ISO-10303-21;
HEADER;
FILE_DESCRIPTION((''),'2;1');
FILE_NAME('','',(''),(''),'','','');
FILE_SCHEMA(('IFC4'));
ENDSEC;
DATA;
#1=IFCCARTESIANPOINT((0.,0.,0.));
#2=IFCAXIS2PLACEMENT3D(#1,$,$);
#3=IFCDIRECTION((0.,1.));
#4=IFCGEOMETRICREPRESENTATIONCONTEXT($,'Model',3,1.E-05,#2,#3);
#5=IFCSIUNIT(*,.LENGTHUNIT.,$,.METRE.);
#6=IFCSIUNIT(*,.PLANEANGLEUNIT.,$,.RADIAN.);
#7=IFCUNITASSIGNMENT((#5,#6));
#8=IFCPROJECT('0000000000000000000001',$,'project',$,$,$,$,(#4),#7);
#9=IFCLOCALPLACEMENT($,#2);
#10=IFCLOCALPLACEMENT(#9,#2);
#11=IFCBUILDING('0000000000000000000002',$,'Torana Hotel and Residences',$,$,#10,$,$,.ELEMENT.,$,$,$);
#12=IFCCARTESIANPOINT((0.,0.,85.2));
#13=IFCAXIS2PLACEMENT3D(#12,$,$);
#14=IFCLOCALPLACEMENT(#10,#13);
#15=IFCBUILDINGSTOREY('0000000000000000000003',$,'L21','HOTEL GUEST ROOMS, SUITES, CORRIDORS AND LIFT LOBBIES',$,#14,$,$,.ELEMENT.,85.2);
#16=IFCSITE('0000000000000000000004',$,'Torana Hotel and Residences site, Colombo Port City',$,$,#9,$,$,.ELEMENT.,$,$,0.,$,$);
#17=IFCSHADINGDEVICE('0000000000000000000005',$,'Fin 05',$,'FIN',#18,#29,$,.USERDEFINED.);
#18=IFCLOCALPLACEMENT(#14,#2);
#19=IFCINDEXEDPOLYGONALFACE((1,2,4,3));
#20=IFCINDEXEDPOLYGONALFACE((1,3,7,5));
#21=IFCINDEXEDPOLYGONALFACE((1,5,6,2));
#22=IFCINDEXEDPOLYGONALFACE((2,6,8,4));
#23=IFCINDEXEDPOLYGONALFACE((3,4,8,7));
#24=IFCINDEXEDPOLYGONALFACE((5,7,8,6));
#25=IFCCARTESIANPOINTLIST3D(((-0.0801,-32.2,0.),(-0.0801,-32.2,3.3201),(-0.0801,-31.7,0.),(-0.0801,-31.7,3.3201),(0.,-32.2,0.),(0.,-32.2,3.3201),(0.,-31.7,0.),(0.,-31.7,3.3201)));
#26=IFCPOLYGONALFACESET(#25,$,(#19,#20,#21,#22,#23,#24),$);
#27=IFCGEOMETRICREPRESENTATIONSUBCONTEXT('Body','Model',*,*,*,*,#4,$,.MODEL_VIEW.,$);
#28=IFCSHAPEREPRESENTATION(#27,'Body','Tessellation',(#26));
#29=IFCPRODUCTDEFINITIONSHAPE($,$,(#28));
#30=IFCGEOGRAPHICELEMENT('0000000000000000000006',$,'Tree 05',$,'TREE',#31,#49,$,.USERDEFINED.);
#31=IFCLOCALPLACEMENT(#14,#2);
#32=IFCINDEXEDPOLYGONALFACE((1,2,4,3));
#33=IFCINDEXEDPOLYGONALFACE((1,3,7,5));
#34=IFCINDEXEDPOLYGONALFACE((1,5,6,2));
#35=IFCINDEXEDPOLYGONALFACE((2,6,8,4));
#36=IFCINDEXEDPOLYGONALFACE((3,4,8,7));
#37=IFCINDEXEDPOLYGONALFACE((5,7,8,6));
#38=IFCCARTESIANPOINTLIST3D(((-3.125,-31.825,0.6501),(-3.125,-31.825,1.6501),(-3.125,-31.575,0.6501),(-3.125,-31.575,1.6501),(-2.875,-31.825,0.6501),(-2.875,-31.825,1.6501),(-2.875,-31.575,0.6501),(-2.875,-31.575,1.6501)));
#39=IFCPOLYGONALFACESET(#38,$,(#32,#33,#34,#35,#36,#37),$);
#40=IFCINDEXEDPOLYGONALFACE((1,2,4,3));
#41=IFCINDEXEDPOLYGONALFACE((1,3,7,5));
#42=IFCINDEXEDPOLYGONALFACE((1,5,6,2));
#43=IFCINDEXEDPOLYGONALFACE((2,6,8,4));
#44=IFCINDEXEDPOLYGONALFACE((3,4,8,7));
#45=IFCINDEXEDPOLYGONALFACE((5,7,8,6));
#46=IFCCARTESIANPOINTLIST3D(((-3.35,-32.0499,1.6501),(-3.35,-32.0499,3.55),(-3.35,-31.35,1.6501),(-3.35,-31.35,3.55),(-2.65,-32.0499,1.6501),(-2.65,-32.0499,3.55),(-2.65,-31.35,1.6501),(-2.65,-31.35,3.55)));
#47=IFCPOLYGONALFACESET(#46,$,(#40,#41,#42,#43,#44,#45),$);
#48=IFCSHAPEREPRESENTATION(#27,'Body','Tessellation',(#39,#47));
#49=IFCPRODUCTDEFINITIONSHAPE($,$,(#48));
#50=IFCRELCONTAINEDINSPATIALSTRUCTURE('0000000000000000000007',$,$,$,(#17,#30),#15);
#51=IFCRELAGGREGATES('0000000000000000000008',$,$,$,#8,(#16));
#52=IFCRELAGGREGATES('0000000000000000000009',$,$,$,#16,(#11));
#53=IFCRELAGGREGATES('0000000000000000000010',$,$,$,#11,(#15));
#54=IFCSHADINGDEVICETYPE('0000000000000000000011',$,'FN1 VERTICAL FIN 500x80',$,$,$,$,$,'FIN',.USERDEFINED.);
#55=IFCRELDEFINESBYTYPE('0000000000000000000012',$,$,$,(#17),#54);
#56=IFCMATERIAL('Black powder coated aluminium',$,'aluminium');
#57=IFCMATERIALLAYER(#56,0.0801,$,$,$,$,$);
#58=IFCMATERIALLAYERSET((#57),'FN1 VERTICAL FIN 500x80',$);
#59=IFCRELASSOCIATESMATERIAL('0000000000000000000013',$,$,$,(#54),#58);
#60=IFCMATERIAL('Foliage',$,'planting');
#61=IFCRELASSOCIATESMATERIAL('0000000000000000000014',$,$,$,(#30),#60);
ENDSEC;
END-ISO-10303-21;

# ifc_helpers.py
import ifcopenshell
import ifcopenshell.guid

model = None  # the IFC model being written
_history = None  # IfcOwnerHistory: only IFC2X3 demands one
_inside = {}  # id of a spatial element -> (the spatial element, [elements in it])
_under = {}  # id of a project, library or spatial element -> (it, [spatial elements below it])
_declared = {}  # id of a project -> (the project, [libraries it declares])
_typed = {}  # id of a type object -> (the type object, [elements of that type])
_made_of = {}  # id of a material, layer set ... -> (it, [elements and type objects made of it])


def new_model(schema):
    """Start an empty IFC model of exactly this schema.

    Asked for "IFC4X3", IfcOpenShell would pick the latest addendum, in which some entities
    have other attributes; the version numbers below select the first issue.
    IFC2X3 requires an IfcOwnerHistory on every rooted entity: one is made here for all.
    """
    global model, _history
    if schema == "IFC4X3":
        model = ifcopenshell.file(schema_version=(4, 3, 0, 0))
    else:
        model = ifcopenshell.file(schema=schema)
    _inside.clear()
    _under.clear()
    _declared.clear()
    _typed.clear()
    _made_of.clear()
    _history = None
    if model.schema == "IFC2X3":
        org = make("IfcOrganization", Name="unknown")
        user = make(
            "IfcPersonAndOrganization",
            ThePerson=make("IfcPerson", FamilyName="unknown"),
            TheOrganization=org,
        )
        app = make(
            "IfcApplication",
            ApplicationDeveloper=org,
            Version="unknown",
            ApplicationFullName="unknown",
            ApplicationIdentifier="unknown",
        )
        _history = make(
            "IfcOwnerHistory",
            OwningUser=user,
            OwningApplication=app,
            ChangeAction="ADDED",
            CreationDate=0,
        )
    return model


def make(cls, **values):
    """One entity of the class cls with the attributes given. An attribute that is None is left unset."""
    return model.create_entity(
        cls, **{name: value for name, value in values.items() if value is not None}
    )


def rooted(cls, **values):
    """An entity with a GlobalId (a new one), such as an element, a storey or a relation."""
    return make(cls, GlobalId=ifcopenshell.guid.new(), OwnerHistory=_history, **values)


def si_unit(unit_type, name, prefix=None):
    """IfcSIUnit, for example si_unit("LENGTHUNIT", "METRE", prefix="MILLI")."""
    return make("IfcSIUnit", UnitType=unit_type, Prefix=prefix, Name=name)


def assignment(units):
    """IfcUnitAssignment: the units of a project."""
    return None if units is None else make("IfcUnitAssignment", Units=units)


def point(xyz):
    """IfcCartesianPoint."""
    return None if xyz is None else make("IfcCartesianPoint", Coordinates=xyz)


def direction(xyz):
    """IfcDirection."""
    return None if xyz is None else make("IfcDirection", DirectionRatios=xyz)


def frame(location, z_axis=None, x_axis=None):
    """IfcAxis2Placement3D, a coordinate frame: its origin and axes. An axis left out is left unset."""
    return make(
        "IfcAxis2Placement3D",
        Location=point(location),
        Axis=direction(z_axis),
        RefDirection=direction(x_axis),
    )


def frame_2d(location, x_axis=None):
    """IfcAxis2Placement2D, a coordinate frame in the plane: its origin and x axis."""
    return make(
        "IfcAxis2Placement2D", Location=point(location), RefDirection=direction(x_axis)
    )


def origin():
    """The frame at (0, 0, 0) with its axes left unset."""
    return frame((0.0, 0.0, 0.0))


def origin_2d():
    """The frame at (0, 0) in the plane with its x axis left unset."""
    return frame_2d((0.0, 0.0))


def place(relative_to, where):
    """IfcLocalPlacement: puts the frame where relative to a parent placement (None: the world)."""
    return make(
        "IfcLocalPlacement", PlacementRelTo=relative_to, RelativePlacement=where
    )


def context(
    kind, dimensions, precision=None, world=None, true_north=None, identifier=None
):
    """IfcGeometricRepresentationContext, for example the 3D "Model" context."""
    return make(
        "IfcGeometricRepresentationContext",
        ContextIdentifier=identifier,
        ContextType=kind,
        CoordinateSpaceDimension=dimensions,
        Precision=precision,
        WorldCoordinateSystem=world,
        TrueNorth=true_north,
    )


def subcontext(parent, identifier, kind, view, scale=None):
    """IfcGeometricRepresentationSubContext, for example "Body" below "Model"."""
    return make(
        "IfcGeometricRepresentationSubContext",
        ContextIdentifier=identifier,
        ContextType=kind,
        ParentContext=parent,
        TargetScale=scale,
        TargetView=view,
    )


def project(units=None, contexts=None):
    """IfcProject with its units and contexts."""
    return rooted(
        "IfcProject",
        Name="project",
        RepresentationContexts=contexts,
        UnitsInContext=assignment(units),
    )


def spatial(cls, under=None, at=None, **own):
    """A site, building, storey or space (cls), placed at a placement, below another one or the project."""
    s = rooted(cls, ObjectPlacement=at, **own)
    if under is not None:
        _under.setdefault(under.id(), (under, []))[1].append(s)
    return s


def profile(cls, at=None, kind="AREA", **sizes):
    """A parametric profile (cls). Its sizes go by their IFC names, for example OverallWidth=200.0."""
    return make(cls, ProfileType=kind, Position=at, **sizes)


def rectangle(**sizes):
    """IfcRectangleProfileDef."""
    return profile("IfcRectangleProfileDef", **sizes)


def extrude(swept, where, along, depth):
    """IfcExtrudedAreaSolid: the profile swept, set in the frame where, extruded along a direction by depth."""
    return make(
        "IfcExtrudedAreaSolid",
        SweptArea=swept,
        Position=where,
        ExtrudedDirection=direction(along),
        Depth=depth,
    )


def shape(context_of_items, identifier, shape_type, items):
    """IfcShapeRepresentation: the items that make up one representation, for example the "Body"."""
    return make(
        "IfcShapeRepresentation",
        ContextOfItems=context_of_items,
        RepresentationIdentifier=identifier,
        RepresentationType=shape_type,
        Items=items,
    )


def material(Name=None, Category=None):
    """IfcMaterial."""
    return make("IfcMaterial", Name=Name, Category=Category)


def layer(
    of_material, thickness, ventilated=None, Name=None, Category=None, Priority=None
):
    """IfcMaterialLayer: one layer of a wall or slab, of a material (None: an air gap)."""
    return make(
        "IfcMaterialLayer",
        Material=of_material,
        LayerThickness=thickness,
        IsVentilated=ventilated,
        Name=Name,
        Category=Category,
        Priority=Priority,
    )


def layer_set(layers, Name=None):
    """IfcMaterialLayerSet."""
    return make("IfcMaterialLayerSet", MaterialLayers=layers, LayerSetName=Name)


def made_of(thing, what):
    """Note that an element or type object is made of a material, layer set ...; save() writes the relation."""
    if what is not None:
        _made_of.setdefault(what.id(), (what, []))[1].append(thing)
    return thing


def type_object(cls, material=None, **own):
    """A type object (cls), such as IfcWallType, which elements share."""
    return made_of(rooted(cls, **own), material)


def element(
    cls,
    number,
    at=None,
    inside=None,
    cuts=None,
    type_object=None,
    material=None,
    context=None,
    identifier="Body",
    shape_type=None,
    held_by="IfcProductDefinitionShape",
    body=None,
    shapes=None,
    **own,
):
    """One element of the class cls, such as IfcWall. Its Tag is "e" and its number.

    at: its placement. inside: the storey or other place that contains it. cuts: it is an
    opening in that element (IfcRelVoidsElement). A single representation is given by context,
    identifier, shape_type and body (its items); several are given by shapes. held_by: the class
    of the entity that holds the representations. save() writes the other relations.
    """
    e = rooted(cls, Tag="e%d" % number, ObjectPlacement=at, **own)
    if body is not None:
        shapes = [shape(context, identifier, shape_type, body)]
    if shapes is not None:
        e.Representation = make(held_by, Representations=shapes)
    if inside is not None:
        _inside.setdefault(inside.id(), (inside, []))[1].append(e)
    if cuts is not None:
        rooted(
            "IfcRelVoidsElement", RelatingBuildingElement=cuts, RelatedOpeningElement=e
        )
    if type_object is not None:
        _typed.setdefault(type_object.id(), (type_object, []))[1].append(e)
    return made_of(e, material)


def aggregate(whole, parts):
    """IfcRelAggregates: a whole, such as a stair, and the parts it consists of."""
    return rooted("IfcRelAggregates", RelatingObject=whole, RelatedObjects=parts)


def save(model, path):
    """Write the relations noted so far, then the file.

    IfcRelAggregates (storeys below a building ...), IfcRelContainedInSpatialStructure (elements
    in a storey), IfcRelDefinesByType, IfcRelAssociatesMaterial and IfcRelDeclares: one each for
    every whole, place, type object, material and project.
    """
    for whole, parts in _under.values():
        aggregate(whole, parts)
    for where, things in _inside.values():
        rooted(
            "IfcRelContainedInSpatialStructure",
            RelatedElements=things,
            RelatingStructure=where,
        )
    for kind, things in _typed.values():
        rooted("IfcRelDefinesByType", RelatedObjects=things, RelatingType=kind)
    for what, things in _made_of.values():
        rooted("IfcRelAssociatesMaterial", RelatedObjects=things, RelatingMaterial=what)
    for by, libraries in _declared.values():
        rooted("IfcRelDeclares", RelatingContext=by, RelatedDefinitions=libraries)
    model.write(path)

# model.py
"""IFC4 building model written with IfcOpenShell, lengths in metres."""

from ifc_helpers import new_model, si_unit, direction, frame, origin, origin_2d, place, context, subcontext, project, spatial, rectangle, extrude, material, layer, layer_set, type_object, element, save


model = new_model("IFC4")

# Units and contexts
model_context = context("Model", 3, precision=1e-05, world=origin(), true_north=direction((0.0, 1.0)))
body_context = subcontext(model_context, "Body", "Model", "MODEL_VIEW")
ifc_project = project(units=[si_unit("LENGTHUNIT", "METRE"), si_unit("PLANEANGLEUNIT", "RADIAN")], contexts=[model_context])

# Site, building, storey
site_placement = place(None, origin())
site = spatial("IfcSite", under=ifc_project, at=site_placement, Name="Torana Hotel and Residences site, Colombo Port City", CompositionType="ELEMENT", RefElevation=0.0)
building_placement = place(site_placement, origin())
building = spatial("IfcBuilding", under=site, at=building_placement, Name="Torana Hotel and Residences", CompositionType="ELEMENT")
storey_placement = place(building_placement, frame((0.0, 0.0, 85.2)))
storey = spatial("IfcBuildingStorey", under=building, at=storey_placement, Name="L21", Description="HOTEL GUEST ROOMS, SUITES, CORRIDORS AND LIFT LOBBIES", CompositionType="ELEMENT", Elevation=85.2)

# Shading device
ifc_material_1 = material(Name="Black powder coated aluminium", Category="aluminium")
ifc_layer_1 = layer(ifc_material_1, 0.0801)
ifc_layer_set_1 = layer_set([ifc_layer_1], Name="FN1 VERTICAL FIN 500x80")
shading_device_type = type_object("IfcShadingDeviceType", Name="FN1 VERTICAL FIN 500x80", ElementType="FIN", PredefinedType="USERDEFINED", material=ifc_layer_set_1)
shading_device_placement = place(storey_placement, frame((-0.04, -31.95, 0.0), z_axis=(0.0, 0.0, 1.0), x_axis=(-1.0, 0.0, 0.0)))
element("IfcShadingDevice", 1, at=shading_device_placement, inside=storey, type_object=shading_device_type, Name="Fin 05", ObjectType="FIN", PredefinedType="USERDEFINED", context=body_context, shape_type="SweptSolid", body=[
    extrude(rectangle(XDim=0.0801, YDim=0.5, at=origin_2d()), origin(), (0.0, 0.0, 1.0), 3.3201),
])

# Geographic element
ifc_material_2 = material(Name="Foliage", Category="planting")
geographic_element_placement = place(storey_placement, frame((-3.0, -31.7, 0.6501), z_axis=(0.0, 0.0, 1.0), x_axis=(1.0, 0.0, 0.0)))
element("IfcGeographicElement", 2, at=geographic_element_placement, inside=storey, material=ifc_material_2, Name="Tree 05", ObjectType="TREE", PredefinedType="USERDEFINED", context=body_context, shape_type="SweptSolid", body=[
    extrude(rectangle(XDim=0.25, YDim=0.25, at=origin_2d()), origin(), (0.0, 0.0, 1.0), 1.0),
    extrude(rectangle(XDim=0.7, YDim=0.7, at=origin_2d()), frame((0.0, 0.0, 1.0)), (0.0, 0.0, 1.0), 1.8999),
])

save(model, "model.ifc")
